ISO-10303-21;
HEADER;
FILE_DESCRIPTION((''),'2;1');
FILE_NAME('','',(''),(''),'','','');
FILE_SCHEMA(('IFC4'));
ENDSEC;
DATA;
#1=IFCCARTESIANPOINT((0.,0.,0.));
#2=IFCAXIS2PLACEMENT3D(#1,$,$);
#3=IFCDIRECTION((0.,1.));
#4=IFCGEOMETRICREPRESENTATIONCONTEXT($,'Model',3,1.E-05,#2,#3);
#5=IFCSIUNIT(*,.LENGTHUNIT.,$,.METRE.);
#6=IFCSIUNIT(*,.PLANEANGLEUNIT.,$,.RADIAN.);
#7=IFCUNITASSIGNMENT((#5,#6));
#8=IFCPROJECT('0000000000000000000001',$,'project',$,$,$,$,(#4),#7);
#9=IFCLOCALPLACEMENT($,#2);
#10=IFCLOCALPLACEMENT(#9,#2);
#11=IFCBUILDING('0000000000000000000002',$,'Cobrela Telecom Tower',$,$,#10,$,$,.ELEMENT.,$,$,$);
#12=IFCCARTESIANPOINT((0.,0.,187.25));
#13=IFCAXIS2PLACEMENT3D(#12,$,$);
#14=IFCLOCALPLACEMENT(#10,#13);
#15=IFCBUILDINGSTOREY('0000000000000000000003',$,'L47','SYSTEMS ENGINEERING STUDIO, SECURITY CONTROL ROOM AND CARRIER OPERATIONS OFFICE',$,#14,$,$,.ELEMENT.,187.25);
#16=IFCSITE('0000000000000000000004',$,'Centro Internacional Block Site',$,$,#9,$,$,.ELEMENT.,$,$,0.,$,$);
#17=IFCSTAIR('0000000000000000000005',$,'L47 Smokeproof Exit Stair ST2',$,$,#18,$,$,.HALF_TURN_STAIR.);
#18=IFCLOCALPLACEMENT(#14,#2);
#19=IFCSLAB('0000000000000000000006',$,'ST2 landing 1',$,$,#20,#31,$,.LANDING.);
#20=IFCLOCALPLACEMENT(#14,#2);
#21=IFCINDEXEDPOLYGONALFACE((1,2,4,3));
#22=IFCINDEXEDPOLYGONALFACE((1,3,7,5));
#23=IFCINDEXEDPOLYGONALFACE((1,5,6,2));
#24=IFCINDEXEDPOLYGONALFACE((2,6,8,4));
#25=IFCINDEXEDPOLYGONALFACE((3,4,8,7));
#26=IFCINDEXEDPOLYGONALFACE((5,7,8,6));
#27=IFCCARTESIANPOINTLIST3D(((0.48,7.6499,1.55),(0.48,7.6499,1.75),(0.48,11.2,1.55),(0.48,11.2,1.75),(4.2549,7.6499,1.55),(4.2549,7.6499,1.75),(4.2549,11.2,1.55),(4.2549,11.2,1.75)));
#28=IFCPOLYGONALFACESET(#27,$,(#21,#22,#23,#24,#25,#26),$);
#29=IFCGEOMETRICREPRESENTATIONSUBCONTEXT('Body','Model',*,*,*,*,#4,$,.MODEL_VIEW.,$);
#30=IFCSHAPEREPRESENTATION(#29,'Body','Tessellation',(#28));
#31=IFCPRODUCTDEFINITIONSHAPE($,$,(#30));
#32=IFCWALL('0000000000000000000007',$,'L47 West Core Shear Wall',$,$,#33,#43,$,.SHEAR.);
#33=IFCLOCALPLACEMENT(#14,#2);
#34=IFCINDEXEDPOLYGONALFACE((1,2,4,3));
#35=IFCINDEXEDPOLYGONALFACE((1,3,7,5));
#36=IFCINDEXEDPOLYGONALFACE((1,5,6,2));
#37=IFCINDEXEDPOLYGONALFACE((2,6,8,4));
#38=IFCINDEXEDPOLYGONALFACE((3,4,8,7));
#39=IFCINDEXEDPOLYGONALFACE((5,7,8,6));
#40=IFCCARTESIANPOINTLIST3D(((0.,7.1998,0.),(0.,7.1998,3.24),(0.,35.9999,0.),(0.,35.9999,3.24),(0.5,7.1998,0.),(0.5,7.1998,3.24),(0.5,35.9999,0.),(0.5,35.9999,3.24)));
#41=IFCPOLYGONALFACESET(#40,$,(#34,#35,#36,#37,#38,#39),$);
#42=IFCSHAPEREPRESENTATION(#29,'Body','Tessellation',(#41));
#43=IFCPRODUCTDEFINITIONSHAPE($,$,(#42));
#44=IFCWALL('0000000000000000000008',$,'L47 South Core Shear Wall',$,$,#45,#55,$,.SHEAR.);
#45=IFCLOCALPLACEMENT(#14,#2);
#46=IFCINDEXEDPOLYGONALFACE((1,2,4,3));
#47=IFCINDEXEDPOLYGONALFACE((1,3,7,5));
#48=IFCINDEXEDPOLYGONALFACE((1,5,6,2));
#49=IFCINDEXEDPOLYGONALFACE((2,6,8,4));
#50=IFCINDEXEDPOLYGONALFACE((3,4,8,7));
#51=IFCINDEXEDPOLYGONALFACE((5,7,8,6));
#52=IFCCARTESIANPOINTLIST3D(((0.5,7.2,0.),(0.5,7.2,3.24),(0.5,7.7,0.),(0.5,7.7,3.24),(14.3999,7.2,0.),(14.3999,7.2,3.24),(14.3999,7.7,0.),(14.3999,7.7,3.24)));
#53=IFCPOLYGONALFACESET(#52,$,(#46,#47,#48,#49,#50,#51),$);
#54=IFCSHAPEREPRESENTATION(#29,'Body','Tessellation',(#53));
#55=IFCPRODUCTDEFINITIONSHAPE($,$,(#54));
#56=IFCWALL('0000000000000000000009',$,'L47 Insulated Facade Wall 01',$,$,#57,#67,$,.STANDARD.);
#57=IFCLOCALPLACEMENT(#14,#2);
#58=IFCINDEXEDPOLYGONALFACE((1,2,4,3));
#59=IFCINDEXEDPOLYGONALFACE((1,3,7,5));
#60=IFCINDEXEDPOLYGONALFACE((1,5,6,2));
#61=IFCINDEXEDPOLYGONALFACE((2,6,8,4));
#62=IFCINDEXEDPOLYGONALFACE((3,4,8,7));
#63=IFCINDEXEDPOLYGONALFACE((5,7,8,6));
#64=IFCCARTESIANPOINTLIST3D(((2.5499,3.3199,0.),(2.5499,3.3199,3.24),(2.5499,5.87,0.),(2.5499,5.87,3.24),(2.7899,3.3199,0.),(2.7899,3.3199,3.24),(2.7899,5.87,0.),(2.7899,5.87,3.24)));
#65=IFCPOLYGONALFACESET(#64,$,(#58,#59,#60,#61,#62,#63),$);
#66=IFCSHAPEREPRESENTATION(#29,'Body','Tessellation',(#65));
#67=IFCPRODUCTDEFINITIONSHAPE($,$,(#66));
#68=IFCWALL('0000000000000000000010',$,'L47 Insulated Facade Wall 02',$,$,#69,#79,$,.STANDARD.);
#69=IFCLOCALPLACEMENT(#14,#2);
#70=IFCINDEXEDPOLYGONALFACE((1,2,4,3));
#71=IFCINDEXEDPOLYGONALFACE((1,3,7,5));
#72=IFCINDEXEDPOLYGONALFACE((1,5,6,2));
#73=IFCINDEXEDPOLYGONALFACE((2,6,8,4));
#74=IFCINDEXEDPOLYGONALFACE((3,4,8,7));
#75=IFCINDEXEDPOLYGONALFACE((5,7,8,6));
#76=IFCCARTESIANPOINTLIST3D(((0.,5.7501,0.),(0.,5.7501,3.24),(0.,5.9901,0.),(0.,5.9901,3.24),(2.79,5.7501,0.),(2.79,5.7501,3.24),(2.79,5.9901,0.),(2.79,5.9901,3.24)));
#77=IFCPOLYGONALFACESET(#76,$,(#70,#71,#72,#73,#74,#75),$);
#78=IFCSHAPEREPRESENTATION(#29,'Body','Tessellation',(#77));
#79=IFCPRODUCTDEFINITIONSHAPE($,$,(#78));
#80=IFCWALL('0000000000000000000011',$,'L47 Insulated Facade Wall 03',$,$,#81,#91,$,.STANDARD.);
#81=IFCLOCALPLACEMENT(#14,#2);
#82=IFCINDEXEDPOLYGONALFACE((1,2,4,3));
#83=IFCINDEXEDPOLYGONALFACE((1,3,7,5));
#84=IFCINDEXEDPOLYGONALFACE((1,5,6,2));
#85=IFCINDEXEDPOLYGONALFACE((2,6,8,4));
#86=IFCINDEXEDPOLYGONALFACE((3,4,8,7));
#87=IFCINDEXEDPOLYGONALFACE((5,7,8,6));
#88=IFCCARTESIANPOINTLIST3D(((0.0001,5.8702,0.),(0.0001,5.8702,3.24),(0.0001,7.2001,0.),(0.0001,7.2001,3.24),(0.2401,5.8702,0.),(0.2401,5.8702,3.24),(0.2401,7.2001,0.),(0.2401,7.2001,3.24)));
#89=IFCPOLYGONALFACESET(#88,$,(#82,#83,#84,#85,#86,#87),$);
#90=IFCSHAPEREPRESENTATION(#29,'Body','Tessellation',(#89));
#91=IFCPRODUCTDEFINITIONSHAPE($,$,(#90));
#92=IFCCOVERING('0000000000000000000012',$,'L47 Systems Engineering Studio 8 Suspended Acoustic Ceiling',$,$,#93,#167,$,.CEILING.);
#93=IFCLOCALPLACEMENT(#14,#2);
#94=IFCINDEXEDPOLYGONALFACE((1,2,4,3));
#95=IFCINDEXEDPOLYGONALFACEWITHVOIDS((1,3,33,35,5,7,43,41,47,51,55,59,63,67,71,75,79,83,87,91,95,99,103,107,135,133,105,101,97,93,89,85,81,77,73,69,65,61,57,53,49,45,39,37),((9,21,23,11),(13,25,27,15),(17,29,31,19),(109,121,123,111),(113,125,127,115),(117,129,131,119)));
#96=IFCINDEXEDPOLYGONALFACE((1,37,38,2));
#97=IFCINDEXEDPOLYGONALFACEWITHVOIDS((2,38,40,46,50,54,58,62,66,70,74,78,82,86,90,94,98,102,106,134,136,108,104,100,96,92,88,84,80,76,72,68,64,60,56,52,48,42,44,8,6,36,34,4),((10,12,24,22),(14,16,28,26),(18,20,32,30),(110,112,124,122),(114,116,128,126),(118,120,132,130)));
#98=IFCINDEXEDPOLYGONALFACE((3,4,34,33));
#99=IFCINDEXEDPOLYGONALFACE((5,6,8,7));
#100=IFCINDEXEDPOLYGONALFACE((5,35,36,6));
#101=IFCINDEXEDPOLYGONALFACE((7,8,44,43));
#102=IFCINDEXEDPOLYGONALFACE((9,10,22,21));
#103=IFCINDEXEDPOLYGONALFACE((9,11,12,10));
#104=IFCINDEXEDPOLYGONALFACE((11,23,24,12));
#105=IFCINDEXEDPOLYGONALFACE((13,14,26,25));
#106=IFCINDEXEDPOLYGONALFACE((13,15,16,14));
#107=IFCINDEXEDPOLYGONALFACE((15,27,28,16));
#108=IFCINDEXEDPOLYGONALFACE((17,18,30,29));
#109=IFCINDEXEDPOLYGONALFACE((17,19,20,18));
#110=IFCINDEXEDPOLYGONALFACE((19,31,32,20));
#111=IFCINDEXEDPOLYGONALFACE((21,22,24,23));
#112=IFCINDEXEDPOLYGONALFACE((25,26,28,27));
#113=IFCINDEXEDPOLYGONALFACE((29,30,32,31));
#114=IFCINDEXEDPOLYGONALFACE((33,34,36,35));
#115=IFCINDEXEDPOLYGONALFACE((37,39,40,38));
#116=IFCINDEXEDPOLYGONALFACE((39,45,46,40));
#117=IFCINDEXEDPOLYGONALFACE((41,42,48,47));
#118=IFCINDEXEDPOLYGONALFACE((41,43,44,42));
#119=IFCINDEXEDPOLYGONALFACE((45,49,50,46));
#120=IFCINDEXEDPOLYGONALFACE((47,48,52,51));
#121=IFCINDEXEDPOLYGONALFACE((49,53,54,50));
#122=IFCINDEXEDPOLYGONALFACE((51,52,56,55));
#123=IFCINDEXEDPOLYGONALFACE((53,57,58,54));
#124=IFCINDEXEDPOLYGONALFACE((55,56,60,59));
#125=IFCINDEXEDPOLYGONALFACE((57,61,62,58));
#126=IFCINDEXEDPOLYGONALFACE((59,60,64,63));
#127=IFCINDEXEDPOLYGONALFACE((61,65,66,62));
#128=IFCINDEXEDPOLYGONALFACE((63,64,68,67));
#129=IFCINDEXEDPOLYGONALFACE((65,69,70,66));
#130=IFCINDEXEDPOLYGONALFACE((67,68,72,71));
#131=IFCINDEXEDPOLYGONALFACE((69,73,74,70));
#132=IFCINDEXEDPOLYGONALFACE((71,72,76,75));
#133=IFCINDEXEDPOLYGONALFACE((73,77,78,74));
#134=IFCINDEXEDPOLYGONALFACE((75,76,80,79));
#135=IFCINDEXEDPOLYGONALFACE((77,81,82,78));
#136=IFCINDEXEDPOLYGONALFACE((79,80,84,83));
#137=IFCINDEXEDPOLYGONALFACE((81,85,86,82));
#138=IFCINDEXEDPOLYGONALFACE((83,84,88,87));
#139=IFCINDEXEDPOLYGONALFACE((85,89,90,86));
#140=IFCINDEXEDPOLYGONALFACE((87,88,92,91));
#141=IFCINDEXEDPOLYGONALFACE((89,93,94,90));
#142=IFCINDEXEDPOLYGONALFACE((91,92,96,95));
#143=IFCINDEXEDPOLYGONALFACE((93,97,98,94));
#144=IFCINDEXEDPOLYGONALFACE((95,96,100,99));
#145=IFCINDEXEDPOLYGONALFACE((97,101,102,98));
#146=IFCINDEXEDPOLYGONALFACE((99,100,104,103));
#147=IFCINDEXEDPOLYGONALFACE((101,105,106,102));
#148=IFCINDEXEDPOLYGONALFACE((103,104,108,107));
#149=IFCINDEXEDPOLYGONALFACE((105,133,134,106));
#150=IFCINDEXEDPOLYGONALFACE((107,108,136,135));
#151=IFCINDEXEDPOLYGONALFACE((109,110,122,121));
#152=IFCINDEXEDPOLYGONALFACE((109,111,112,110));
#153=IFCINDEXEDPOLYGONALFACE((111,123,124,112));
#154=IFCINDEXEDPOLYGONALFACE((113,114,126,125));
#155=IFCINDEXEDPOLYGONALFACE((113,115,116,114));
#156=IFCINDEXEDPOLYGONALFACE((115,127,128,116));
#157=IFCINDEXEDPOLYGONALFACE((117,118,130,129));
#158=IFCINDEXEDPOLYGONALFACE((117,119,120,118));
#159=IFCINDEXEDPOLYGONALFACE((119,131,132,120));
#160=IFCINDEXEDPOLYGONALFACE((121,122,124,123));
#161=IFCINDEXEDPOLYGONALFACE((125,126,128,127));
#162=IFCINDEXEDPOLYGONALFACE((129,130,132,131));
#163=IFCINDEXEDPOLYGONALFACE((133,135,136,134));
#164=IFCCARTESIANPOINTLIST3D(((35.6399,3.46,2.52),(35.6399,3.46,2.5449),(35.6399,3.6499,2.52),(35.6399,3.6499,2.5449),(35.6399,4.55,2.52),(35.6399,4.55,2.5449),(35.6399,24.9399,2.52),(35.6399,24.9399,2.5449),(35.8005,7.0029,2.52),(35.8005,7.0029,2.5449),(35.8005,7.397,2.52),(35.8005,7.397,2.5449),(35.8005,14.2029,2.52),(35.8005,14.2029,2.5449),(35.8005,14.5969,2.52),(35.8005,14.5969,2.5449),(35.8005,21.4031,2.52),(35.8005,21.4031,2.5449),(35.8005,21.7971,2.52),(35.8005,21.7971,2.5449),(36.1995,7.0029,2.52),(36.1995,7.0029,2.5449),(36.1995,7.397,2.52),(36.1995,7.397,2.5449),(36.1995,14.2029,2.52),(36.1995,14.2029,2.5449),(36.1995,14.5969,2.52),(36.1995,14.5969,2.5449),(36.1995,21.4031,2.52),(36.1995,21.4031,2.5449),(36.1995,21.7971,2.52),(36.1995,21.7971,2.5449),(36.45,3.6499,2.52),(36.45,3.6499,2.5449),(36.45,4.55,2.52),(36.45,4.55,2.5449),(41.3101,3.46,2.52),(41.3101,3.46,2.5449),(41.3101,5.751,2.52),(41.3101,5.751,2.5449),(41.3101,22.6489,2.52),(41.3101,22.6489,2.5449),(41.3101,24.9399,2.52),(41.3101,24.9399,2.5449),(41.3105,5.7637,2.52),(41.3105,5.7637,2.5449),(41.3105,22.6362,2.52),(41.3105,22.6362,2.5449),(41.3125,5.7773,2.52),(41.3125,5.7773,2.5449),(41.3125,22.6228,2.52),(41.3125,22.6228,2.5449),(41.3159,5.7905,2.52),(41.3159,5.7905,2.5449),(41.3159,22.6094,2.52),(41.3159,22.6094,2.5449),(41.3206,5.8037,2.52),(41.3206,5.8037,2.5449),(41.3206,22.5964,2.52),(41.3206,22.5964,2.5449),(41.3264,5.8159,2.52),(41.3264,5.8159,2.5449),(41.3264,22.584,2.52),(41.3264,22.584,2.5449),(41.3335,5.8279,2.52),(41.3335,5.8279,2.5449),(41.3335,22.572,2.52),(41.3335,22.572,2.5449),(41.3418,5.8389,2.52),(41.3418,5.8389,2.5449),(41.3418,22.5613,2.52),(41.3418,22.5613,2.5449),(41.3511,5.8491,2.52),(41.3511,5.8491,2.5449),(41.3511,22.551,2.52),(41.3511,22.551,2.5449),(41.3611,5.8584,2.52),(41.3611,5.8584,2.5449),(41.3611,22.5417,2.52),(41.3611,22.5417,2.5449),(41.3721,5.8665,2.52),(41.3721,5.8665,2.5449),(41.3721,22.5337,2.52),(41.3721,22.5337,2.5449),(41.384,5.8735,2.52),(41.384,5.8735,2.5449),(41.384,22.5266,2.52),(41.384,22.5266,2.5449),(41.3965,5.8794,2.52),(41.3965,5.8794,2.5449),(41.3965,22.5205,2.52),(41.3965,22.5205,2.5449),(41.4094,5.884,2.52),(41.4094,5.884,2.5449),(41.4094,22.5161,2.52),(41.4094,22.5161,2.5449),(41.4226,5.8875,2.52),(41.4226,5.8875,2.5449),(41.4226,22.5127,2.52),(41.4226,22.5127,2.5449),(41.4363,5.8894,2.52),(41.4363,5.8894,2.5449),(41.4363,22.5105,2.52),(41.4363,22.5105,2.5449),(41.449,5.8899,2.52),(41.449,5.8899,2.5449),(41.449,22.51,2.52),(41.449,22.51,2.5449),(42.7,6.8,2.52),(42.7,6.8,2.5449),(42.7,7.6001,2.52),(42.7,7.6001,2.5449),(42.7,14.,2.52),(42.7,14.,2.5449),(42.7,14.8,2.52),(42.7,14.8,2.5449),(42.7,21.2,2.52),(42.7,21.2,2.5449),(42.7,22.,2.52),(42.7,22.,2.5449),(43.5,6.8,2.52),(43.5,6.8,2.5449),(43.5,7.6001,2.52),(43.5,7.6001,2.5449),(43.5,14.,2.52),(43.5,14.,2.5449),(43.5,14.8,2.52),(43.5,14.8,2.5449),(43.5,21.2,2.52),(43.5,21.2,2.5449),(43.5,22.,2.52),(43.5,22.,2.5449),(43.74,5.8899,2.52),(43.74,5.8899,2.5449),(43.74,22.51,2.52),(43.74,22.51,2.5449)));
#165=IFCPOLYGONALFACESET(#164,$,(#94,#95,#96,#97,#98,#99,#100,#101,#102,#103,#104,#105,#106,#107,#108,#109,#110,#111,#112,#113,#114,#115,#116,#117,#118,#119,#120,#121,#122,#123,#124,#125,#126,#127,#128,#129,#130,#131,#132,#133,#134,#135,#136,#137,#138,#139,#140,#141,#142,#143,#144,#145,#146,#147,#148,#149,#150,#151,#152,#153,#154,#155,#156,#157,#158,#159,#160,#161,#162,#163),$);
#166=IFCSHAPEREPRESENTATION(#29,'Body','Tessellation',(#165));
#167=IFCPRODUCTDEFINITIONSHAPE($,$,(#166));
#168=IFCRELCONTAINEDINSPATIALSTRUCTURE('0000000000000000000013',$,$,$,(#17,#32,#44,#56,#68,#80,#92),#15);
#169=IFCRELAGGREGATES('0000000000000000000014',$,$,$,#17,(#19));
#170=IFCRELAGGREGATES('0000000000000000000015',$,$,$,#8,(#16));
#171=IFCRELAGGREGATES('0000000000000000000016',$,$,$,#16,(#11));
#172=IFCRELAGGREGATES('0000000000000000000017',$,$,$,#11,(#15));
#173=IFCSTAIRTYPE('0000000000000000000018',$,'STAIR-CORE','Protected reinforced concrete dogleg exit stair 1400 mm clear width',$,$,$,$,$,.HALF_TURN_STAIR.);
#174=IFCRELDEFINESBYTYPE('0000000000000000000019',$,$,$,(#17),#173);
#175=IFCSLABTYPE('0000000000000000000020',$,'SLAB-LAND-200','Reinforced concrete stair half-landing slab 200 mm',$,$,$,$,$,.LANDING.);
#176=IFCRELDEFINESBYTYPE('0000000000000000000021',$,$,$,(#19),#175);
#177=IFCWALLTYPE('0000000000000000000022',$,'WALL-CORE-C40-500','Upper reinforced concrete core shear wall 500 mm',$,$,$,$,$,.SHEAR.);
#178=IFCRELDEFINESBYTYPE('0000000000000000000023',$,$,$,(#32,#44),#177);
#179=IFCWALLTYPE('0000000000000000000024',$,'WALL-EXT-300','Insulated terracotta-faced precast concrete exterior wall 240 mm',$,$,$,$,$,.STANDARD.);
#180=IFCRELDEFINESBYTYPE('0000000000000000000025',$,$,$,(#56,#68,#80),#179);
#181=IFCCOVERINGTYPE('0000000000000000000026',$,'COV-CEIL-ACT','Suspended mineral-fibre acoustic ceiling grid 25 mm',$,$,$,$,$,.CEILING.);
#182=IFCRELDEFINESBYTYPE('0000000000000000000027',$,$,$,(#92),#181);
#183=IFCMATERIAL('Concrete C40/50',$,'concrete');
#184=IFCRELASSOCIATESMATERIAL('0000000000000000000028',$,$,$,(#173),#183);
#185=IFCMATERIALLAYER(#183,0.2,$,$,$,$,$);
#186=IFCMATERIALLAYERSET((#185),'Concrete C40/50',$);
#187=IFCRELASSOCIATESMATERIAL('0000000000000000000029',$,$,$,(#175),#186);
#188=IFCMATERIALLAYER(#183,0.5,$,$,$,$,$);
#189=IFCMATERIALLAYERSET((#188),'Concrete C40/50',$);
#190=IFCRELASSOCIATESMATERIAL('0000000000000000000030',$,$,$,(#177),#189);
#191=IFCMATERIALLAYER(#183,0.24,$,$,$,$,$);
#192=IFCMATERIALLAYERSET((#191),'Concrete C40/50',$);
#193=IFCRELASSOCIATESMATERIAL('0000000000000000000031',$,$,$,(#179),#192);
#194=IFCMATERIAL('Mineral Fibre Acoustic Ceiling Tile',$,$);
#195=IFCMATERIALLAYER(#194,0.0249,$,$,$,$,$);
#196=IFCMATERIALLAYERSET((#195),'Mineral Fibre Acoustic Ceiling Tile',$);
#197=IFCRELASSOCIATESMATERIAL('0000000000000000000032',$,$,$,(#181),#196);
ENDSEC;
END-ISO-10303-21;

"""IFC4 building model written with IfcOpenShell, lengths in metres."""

from ifc_helpers import new_model, si_unit, direction, frame, frame_2d, origin, place, context, subcontext, project, spatial, polyline, rectangle, outline, extrude, material, layer, layer_set, type_object, element, aggregate, save


model = new_model("IFC4")

# Units and contexts
model_context = context("Model", 3, precision=1e-05, world=origin(), true_north=direction((0.0, 1.0)))
body_context = subcontext(model_context, "Body", "Model", "MODEL_VIEW")
ifc_project = project(units=[si_unit("LENGTHUNIT", "METRE"), si_unit("PLANEANGLEUNIT", "RADIAN")], contexts=[model_context])

# Site, building, storey
site_placement = place(None, origin())
site = spatial("IfcSite", under=ifc_project, at=site_placement, Name="Centro Internacional Block Site", CompositionType="ELEMENT", RefElevation=0.0)
building_placement = place(site_placement, origin())
building = spatial("IfcBuilding", under=site, at=building_placement, Name="Cobrela Telecom Tower", CompositionType="ELEMENT")
storey_placement = place(building_placement, frame((0.0, 0.0, 187.25)))
storey = spatial("IfcBuildingStorey", under=building, at=storey_placement, Name="L47", Description="SYSTEMS ENGINEERING STUDIO, SECURITY CONTROL ROOM AND CARRIER OPERATIONS OFFICE", CompositionType="ELEMENT", Elevation=187.25)

# Shared definitions
ifc_material_1 = material(Name="Concrete C40/50", Category="concrete")

# Stair, slab
stair_type = type_object("IfcStairType", Name="STAIR-CORE", Description="Protected reinforced concrete dogleg exit stair 1400 mm clear width", PredefinedType="HALF_TURN_STAIR", material=ifc_material_1)
ifc_layer_1 = layer(ifc_material_1, 0.2)
ifc_layer_set_1 = layer_set([ifc_layer_1], Name="Concrete C40/50")
slab_type_1 = type_object("IfcSlabType", Name="SLAB-LAND-200", Description="Reinforced concrete stair half-landing slab 200 mm", PredefinedType="LANDING", material=ifc_layer_set_1)
stair_1_placement = place(storey_placement, origin())
stair_1 = element("IfcStair", 1, at=stair_1_placement, inside=storey, type_object=stair_type, Name="L47 Smokeproof Exit Stair ST2", PredefinedType="HALF_TURN_STAIR")
slab_1_placement = place(storey_placement, frame((0.0, 0.0, 1.55)))
slab_1 = element("IfcSlab", 2, at=slab_1_placement, type_object=slab_type_1, Name="ST2 landing 1", PredefinedType="LANDING", context=body_context, shape_type="SweptSolid", body=[
    extrude(outline(polyline([(4.2549, 11.2), (0.48, 11.2), (0.48, 7.6499), (4.2549, 7.6499), (4.2549, 11.2)])), origin(), (0.0, 0.0, 1.0), 0.2),
])
aggregate(stair_1, [slab_1])

# Walls
ifc_layer_2 = layer(ifc_material_1, 0.5)
ifc_layer_set_2 = layer_set([ifc_layer_2], Name="Concrete C40/50")
wall_type_1 = type_object("IfcWallType", Name="WALL-CORE-C40-500", Description="Upper reinforced concrete core shear wall 500 mm", PredefinedType="SHEAR", material=ifc_layer_set_2)
wall_1_placement = place(storey_placement, frame((0.25, 7.2, 0.0), z_axis=(0.0, 0.0, 1.0), x_axis=(0.0, 1.0, 0.0)))
element("IfcWall", 3, at=wall_1_placement, inside=storey, type_object=wall_type_1, Name="L47 West Core Shear Wall", PredefinedType="SHEAR", context=body_context, shape_type="SweptSolid", body=[
    extrude(rectangle(XDim=28.8, YDim=0.5, at=frame_2d((14.3999, 0.0))), origin(), (0.0, 0.0, 1.0), 3.24),
])
wall_2_placement = place(storey_placement, frame((0.5, 7.45, 0.0), z_axis=(0.0, 0.0, 1.0), x_axis=(1.0, 0.0, 0.0)))
element("IfcWall", 4, at=wall_2_placement, inside=storey, type_object=wall_type_1, Name="L47 South Core Shear Wall", PredefinedType="SHEAR", context=body_context, shape_type="SweptSolid", body=[
    extrude(rectangle(XDim=13.8999, YDim=0.5, at=frame_2d((6.95, 0.0))), origin(), (0.0, 0.0, 1.0), 3.24),
])
ifc_layer_3 = layer(ifc_material_1, 0.24)
ifc_layer_set_3 = layer_set([ifc_layer_3], Name="Concrete C40/50")
wall_type_2 = type_object("IfcWallType", Name="WALL-EXT-300", Description="Insulated terracotta-faced precast concrete exterior wall 240 mm", PredefinedType="STANDARD", material=ifc_layer_set_3)
wall_3_placement = place(storey_placement, frame((2.6699, 3.3201, 0.0), z_axis=(0.0, 0.0, 1.0), x_axis=(0.0, 1.0, 0.0)))
element("IfcWall", 5, at=wall_3_placement, inside=storey, type_object=wall_type_2, Name="L47 Insulated Facade Wall 01", PredefinedType="STANDARD", context=body_context, shape_type="SweptSolid", body=[
    extrude(rectangle(XDim=2.55, YDim=0.24, at=frame_2d((1.2749, 0.0))), origin(), (0.0, 0.0, 1.0), 3.24),
])
wall_4_placement = place(storey_placement, frame((2.79, 5.8701, 0.0), z_axis=(0.0, 0.0, 1.0), x_axis=(-1.0, 0.0, 0.0)))
element("IfcWall", 6, at=wall_4_placement, inside=storey, type_object=wall_type_2, Name="L47 Insulated Facade Wall 02", PredefinedType="STANDARD", context=body_context, shape_type="SweptSolid", body=[
    extrude(rectangle(XDim=2.79, YDim=0.24, at=frame_2d((1.395, 0.0))), origin(), (0.0, 0.0, 1.0), 3.24),
])
wall_5_placement = place(storey_placement, frame((0.1201, 5.8701, 0.0), z_axis=(0.0, 0.0, 1.0), x_axis=(0.0, 1.0, 0.0)))
element("IfcWall", 7, at=wall_5_placement, inside=storey, type_object=wall_type_2, Name="L47 Insulated Facade Wall 03", PredefinedType="STANDARD", context=body_context, shape_type="SweptSolid", body=[
    extrude(rectangle(XDim=1.3298, YDim=0.24, at=frame_2d((0.665, 0.0))), origin(), (0.0, 0.0, 1.0), 3.24),
])

# Covering
ifc_material_2 = material(Name="Mineral Fibre Acoustic Ceiling Tile")
ifc_layer_4 = layer(ifc_material_2, 0.0249)
ifc_layer_set_4 = layer_set([ifc_layer_4], Name="Mineral Fibre Acoustic Ceiling Tile")
covering_type_1 = type_object("IfcCoveringType", Name="COV-CEIL-ACT", Description="Suspended mineral-fibre acoustic ceiling grid 25 mm", PredefinedType="CEILING", material=ifc_layer_set_4)
covering_1_placement = place(storey_placement, frame((0.0, 0.0, 2.52)))
element("IfcCovering", 8, at=covering_1_placement, inside=storey, type_object=covering_type_1, Name="L47 Systems Engineering Studio 8 Suspended Acoustic Ceiling", PredefinedType="CEILING", context=body_context, shape_type="SweptSolid", body=[
    extrude(outline(polyline([(41.4226, 5.8875), (41.4094, 5.884), (41.3965, 5.8794), (41.384, 5.8735), (41.3721, 5.8665), (41.3611, 5.8584), (41.3511, 5.8491), (41.3418, 5.8389), (41.3335, 5.8279), (41.3264, 5.8159), (41.3206, 5.8037), (41.3159, 5.7905), (41.3125, 5.7773), (41.3105, 5.7637), (41.3101, 5.751), (41.3101, 3.46), (35.6399, 3.46), (35.6399, 3.6499), (36.45, 3.6499), (36.45, 4.55), (35.6399, 4.55), (35.6399, 24.9399), (41.3101, 24.9399), (41.3101, 22.6489), (41.3105, 22.6362), (41.3125, 22.6228), (41.3159, 22.6094), (41.3206, 22.5964), (41.3264, 22.584), (41.3335, 22.572), (41.3418, 22.5613), (41.3511, 22.551), (41.3611, 22.5417), (41.3721, 22.5337), (41.384, 22.5266), (41.3965, 22.5205), (41.4094, 22.5161), (41.4226, 22.5127), (41.4363, 22.5105), (41.449, 22.51), (43.74, 22.51), (43.74, 5.8899), (41.449, 5.8899), (41.4363, 5.8894), (41.4226, 5.8875)]), holes=[polyline([(36.1995, 7.0029), (36.1995, 7.397), (35.8005, 7.397), (35.8005, 7.0029), (36.1995, 7.0029)]), polyline([(43.5, 6.8), (43.5, 7.6001), (42.7, 7.6001), (42.7, 6.8), (43.5, 6.8)]), polyline([(36.1995, 14.2029), (36.1995, 14.5969), (35.8005, 14.5969), (35.8005, 14.2029), (36.1995, 14.2029)]), polyline([(43.5, 14.0), (43.5, 14.8), (42.7, 14.8), (42.7, 14.0), (43.5, 14.0)]), polyline([(36.1995, 21.4031), (36.1995, 21.7971), (35.8005, 21.7971), (35.8005, 21.4031), (36.1995, 21.4031)]), polyline([(43.5, 21.2), (43.5, 22.0), (42.7, 22.0), (42.7, 21.2), (43.5, 21.2)])]), origin(), (0.0, 0.0, 1.0), 0.0249),
])

save(model, "model.ifc")
